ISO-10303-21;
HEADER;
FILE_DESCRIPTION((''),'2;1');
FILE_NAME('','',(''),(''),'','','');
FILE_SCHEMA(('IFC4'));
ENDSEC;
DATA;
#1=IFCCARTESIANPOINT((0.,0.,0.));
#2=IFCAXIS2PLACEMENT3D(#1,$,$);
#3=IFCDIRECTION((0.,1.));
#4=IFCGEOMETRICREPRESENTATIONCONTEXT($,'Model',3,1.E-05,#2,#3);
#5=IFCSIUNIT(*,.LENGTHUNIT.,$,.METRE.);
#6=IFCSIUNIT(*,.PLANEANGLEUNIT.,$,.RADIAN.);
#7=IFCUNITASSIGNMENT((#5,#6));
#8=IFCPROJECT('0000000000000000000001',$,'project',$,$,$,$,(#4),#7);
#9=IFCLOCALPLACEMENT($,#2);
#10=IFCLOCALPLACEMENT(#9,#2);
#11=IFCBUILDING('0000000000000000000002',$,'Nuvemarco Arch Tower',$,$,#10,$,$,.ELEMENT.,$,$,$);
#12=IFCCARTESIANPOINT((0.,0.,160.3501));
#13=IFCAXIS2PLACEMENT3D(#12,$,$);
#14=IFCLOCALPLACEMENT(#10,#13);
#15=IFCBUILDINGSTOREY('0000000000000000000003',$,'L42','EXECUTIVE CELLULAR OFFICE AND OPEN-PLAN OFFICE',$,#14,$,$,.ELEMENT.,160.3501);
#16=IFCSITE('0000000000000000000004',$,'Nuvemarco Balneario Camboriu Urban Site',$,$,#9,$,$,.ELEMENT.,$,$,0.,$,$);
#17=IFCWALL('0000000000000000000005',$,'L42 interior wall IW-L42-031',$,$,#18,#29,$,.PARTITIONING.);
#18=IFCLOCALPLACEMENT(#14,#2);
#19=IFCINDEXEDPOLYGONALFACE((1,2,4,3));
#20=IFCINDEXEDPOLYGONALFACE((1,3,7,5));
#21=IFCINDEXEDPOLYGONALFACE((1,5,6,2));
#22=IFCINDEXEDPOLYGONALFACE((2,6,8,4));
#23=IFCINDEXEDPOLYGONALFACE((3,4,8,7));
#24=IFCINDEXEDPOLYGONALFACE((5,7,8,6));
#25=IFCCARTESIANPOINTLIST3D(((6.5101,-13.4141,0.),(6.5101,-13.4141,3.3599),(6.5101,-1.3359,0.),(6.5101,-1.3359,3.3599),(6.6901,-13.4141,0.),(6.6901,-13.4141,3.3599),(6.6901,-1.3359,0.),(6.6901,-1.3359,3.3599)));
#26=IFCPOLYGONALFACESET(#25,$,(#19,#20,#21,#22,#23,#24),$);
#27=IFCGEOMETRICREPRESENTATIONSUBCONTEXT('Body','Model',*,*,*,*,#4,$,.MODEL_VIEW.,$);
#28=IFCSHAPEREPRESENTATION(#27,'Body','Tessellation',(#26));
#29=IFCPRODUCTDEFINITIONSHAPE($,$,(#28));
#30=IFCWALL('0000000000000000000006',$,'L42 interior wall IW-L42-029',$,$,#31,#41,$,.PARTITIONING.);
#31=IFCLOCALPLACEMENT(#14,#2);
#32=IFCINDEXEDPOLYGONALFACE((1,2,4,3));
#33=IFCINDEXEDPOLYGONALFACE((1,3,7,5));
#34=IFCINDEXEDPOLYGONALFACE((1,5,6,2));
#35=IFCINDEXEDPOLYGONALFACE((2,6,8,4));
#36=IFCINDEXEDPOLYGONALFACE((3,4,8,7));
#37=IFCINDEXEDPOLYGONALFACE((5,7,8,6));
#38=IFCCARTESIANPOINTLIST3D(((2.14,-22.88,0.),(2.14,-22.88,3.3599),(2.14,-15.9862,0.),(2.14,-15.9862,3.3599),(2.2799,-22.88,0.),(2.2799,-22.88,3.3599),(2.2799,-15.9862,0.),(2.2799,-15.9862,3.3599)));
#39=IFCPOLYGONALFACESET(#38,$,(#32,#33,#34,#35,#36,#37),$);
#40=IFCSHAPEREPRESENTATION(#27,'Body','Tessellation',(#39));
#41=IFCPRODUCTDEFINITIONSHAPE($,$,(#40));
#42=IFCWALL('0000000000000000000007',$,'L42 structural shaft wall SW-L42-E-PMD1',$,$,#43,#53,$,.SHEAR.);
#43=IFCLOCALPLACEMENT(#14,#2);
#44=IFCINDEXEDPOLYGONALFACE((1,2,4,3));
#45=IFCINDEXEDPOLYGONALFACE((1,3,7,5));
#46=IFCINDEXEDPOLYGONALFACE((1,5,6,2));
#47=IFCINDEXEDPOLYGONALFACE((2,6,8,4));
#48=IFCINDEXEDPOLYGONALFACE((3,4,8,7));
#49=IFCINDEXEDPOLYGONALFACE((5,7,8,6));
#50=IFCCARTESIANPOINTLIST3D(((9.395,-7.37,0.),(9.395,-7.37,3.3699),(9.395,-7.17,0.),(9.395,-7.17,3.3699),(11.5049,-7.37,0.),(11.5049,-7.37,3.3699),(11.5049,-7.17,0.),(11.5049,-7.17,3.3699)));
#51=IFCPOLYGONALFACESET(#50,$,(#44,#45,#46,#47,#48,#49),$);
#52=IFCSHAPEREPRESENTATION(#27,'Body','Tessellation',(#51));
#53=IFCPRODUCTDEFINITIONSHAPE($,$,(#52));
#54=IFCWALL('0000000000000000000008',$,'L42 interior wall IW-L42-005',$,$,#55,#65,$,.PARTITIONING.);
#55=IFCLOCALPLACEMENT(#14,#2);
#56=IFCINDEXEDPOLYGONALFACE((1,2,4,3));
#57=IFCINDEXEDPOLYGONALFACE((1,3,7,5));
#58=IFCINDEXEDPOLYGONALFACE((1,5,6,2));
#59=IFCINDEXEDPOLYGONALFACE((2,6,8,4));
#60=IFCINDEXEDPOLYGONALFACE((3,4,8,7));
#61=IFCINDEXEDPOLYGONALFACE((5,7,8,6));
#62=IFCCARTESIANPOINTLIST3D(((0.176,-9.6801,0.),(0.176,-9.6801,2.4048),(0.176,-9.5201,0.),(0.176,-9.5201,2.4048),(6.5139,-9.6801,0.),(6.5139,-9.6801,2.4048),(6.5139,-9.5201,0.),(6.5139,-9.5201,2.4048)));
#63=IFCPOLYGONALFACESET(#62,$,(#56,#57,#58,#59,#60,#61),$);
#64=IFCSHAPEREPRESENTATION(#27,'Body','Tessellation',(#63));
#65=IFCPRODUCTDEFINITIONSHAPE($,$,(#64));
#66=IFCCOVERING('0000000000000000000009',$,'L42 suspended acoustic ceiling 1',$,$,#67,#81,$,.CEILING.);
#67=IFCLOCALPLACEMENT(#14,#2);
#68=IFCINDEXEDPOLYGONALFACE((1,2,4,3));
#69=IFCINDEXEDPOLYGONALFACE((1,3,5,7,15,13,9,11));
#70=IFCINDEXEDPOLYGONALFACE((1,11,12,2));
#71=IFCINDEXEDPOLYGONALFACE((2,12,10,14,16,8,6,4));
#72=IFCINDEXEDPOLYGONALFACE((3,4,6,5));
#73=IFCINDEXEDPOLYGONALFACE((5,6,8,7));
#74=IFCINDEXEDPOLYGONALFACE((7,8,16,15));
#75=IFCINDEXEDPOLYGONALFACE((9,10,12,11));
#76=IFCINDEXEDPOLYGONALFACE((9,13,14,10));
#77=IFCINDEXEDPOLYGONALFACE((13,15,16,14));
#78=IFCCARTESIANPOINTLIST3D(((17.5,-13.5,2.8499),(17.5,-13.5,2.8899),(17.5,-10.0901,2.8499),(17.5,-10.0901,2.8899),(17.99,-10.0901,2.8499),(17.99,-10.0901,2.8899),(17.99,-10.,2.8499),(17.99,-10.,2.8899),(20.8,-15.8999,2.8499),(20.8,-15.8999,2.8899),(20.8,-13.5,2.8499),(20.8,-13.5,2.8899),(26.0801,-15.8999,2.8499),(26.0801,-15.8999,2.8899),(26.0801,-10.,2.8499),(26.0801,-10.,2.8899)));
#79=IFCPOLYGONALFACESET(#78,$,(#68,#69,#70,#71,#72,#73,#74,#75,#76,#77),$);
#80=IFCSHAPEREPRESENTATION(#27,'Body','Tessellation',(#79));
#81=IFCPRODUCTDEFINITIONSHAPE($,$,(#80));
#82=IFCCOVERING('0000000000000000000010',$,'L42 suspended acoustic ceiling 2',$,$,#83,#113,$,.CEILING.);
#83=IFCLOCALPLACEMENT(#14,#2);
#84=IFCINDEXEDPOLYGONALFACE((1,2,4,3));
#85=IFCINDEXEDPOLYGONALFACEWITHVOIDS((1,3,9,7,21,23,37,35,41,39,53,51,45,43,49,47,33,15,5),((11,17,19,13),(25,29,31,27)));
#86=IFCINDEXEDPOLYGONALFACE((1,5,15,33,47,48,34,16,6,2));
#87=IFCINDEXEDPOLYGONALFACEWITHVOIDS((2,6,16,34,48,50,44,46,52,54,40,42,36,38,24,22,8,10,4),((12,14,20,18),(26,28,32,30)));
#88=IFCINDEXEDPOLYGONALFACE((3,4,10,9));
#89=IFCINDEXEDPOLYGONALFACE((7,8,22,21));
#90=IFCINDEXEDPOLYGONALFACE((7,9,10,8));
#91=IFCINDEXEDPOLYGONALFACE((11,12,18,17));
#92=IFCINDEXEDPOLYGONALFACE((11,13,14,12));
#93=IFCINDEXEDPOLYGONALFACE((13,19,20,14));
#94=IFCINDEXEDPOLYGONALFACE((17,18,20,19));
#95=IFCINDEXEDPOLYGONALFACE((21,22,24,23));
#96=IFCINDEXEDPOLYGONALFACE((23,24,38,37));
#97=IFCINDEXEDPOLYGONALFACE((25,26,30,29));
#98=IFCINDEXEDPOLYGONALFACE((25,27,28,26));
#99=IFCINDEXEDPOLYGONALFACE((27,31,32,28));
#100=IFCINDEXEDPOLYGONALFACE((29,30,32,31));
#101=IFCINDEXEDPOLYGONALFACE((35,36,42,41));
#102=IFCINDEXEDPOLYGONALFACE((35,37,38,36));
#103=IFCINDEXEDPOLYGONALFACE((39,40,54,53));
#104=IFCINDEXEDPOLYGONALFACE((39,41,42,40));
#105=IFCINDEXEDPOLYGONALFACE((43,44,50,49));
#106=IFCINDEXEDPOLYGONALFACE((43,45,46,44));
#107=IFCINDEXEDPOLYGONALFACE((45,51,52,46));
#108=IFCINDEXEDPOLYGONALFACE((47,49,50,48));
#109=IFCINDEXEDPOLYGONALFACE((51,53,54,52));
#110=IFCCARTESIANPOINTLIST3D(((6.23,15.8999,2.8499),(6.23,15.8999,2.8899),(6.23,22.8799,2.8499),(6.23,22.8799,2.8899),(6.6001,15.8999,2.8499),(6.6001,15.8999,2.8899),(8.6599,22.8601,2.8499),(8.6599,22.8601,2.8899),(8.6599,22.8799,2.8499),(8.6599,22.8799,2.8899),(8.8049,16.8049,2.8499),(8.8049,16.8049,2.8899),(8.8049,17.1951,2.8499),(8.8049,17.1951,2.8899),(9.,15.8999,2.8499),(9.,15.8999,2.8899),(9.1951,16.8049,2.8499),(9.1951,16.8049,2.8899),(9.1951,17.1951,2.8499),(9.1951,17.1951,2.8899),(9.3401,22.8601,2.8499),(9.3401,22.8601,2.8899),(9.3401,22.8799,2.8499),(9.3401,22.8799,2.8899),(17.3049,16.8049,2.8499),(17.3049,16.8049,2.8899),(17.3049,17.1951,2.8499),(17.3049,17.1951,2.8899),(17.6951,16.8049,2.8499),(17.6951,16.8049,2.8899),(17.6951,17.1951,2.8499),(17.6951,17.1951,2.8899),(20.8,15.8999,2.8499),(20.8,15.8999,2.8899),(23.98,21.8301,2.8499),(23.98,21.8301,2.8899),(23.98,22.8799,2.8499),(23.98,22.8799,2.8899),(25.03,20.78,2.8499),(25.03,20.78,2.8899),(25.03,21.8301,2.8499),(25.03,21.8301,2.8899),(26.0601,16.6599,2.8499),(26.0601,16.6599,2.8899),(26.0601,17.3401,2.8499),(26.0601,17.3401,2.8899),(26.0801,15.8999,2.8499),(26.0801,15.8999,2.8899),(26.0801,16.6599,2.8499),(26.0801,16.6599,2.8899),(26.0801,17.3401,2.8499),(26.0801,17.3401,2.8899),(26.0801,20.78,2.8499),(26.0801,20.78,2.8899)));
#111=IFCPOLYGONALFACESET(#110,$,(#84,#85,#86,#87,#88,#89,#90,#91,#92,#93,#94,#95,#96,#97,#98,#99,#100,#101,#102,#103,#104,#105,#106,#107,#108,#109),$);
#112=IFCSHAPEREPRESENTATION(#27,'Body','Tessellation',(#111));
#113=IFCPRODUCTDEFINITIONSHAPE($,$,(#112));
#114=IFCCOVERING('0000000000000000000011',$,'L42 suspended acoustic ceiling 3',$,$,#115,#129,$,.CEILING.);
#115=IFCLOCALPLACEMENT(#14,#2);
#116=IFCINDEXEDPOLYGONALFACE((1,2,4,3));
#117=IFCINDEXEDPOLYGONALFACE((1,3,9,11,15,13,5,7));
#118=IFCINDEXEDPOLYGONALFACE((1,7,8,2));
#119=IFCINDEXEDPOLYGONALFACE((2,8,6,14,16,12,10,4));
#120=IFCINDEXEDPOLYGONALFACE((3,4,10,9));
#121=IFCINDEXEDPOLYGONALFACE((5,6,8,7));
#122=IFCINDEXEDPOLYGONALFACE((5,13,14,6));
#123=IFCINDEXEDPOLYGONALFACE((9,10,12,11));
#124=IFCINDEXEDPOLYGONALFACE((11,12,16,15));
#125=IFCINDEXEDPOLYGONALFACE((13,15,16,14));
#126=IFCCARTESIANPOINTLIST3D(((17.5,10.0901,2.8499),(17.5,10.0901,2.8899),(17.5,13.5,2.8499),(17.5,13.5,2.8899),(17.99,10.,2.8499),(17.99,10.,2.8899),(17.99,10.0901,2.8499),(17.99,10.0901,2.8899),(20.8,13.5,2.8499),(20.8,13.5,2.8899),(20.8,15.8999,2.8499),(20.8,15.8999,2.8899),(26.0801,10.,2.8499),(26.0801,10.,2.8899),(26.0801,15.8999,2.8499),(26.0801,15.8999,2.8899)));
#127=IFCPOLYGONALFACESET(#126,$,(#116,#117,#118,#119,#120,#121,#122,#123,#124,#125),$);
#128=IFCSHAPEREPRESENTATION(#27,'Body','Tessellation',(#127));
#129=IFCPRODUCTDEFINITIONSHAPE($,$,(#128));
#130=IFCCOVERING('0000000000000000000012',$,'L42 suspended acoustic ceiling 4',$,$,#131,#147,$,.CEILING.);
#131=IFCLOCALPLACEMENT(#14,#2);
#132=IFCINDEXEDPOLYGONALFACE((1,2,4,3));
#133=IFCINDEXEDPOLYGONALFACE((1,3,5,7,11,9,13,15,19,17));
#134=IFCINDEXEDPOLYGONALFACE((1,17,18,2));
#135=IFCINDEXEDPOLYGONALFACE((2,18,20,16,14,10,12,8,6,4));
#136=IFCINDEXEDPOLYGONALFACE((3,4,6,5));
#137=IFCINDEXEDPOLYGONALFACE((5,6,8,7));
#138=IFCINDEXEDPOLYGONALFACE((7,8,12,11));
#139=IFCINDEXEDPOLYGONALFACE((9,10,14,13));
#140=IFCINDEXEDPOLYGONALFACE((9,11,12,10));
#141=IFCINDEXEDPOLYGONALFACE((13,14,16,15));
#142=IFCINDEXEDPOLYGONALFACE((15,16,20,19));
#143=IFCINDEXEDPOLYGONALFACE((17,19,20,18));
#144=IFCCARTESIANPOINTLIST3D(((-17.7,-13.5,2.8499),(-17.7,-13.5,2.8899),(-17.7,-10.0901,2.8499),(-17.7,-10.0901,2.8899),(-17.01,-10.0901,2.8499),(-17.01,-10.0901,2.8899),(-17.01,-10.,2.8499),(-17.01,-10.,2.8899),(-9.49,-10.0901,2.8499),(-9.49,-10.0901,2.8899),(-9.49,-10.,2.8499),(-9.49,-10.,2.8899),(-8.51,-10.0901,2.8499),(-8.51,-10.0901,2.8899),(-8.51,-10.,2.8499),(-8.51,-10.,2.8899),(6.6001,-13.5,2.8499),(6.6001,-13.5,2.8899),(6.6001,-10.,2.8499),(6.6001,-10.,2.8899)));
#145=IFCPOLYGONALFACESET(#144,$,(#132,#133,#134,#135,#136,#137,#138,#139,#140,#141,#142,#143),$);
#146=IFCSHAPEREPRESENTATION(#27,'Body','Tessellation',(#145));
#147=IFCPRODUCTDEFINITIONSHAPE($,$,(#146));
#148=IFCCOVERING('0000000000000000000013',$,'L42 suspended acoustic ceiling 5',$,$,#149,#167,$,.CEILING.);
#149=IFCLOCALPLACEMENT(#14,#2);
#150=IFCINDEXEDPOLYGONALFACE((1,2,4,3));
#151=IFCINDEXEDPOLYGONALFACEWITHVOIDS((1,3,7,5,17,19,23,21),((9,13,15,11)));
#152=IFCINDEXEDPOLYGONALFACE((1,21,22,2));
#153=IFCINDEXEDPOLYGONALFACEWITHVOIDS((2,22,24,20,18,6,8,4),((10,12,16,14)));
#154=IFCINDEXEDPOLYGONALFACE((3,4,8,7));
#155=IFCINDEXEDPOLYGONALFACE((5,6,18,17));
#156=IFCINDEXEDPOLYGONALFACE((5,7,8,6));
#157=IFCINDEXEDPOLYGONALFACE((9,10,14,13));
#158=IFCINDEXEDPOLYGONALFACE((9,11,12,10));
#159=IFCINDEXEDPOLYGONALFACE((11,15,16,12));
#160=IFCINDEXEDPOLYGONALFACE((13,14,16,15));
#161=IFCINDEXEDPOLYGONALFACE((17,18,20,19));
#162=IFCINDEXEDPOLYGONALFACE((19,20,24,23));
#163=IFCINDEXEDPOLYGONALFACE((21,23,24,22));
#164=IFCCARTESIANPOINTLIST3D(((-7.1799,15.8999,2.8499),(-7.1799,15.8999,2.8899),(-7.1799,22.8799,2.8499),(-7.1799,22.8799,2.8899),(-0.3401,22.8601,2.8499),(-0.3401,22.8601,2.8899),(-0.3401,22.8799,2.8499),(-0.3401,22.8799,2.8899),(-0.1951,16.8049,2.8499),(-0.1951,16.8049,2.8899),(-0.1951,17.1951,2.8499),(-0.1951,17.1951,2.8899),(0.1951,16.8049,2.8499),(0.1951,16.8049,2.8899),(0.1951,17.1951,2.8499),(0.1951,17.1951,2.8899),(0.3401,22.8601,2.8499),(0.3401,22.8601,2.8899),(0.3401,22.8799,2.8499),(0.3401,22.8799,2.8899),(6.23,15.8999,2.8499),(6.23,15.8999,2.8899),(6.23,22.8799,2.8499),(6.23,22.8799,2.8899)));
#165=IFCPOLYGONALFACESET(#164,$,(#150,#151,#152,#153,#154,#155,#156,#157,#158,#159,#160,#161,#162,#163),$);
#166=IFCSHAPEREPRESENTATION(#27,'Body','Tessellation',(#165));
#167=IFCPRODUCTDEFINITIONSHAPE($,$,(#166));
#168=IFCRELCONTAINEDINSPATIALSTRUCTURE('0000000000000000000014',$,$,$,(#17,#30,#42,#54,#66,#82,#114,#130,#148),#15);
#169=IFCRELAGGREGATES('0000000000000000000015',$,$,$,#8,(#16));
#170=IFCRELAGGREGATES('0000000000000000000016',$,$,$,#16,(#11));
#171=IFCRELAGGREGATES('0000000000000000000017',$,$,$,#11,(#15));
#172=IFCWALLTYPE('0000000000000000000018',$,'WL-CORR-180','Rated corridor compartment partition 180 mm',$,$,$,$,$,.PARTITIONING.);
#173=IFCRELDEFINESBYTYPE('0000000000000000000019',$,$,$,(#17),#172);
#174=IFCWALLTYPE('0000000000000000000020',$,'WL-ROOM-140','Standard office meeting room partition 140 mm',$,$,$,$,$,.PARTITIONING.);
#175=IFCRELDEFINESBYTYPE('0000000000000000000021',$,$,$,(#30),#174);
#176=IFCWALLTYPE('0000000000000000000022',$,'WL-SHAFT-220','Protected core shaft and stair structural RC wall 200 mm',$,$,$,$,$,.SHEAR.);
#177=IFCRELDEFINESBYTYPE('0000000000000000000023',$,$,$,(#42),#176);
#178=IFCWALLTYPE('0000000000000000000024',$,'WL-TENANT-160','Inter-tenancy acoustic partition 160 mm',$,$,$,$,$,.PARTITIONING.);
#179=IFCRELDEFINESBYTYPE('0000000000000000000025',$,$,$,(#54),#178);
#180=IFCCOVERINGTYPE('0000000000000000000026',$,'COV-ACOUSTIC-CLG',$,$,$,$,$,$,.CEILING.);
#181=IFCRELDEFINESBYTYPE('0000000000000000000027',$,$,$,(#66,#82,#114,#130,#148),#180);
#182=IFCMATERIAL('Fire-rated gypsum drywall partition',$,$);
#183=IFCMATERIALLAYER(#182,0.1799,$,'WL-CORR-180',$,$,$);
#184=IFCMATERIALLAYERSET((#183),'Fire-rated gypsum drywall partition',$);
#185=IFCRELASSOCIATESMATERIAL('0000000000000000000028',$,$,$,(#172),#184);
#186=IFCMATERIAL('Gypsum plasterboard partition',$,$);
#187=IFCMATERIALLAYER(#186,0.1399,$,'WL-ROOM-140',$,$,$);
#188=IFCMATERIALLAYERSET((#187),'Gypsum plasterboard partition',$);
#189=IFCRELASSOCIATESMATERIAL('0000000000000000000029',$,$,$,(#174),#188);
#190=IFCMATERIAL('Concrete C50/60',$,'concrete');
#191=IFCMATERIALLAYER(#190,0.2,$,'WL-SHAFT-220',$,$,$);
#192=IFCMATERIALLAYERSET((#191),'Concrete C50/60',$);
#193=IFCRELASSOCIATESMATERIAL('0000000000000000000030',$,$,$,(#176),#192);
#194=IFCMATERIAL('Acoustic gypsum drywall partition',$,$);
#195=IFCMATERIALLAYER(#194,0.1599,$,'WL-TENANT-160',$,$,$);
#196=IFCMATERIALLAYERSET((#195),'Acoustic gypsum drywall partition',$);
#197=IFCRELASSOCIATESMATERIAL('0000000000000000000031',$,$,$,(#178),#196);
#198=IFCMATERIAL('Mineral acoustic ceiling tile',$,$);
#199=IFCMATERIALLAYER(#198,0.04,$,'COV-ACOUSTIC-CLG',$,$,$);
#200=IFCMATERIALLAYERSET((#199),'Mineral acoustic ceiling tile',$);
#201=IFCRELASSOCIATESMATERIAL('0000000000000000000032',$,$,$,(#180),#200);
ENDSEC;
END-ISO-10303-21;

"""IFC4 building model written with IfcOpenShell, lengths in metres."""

from ifc_helpers import new_model, si_unit, direction, frame, frame_2d, origin, place, context, subcontext, project, spatial, polyline, rectangle, outline, extrude, material, layer, layer_set, type_object, element, save


model = new_model("IFC4")

# Units and contexts
model_context = context("Model", 3, precision=1e-05, world=origin(), true_north=direction((0.0, 1.0)))
body_context = subcontext(model_context, "Body", "Model", "MODEL_VIEW")
ifc_project = project(units=[si_unit("LENGTHUNIT", "METRE"), si_unit("PLANEANGLEUNIT", "RADIAN")], contexts=[model_context])

# Site, building, storey
site_placement = place(None, origin())
site = spatial("IfcSite", under=ifc_project, at=site_placement, Name="Nuvemarco Balneario Camboriu Urban Site", CompositionType="ELEMENT", RefElevation=0.0)
building_placement = place(site_placement, origin())
building = spatial("IfcBuilding", under=site, at=building_placement, Name="Nuvemarco Arch Tower", CompositionType="ELEMENT")
storey_placement = place(building_placement, frame((0.0, 0.0, 160.3501)))
storey = spatial("IfcBuildingStorey", under=building, at=storey_placement, Name="L42", Description="EXECUTIVE CELLULAR OFFICE AND OPEN-PLAN OFFICE", CompositionType="ELEMENT", Elevation=160.3501)

# Shared definitions
ifc_material_1 = material(Name="Concrete C50/60", Category="concrete")

# Walls
ifc_material_2 = material(Name="Fire-rated gypsum drywall partition")
ifc_layer_1 = layer(ifc_material_2, 0.1799, Name="WL-CORR-180")
ifc_layer_set_1 = layer_set([ifc_layer_1], Name="Fire-rated gypsum drywall partition")
wall_type_1 = type_object("IfcWallType", Name="WL-CORR-180", Description="Rated corridor compartment partition 180 mm", PredefinedType="PARTITIONING", material=ifc_layer_set_1)
wall_1_placement = place(storey_placement, frame((6.6001, -13.4141, 0.0), z_axis=(0.0, 0.0, 1.0), x_axis=(0.0, 1.0, 0.0)))
element("IfcWall", 1, at=wall_1_placement, inside=storey, type_object=wall_type_1, Name="L42 interior wall IW-L42-031", PredefinedType="PARTITIONING", context=body_context, shape_type="SweptSolid", body=[
    extrude(rectangle(XDim=12.0781, YDim=0.1799, at=frame_2d((6.0391, 0.0))), origin(), (0.0, 0.0, 1.0), 3.3599),
])
ifc_material_3 = material(Name="Gypsum plasterboard partition")
ifc_layer_2 = layer(ifc_material_3, 0.1399, Name="WL-ROOM-140")
ifc_layer_set_2 = layer_set([ifc_layer_2], Name="Gypsum plasterboard partition")
wall_type_2 = type_object("IfcWallType", Name="WL-ROOM-140", Description="Standard office meeting room partition 140 mm", PredefinedType="PARTITIONING", material=ifc_layer_set_2)
wall_2_placement = place(storey_placement, frame((2.21, -22.8799, 0.0), z_axis=(0.0, 0.0, 1.0), x_axis=(0.0, 1.0, 0.0)))
element("IfcWall", 2, at=wall_2_placement, inside=storey, type_object=wall_type_2, Name="L42 interior wall IW-L42-029", PredefinedType="PARTITIONING", context=body_context, shape_type="SweptSolid", body=[
    extrude(rectangle(XDim=6.8938, YDim=0.1399, at=frame_2d((3.4468, 0.0))), origin(), (0.0, 0.0, 1.0), 3.3599),
])
ifc_layer_3 = layer(ifc_material_1, 0.2, Name="WL-SHAFT-220")
ifc_layer_set_3 = layer_set([ifc_layer_3], Name="Concrete C50/60")
wall_type_3 = type_object("IfcWallType", Name="WL-SHAFT-220", Description="Protected core shaft and stair structural RC wall 200 mm", PredefinedType="SHEAR", material=ifc_layer_set_3)
wall_3_placement = place(storey_placement, frame((9.395, -7.27, 0.0), z_axis=(0.0, 0.0, 1.0), x_axis=(1.0, 0.0, 0.0)))
element("IfcWall", 3, at=wall_3_placement, inside=storey, type_object=wall_type_3, Name="L42 structural shaft wall SW-L42-E-PMD1", PredefinedType="SHEAR", context=body_context, shape_type="SweptSolid", body=[
    extrude(rectangle(XDim=2.1099, YDim=0.2, at=frame_2d((1.0549, 0.0))), origin(), (0.0, 0.0, 1.0), 3.3699),
])
ifc_material_4 = material(Name="Acoustic gypsum drywall partition")
ifc_layer_4 = layer(ifc_material_4, 0.1599, Name="WL-TENANT-160")
ifc_layer_set_4 = layer_set([ifc_layer_4], Name="Acoustic gypsum drywall partition")
wall_type_4 = type_object("IfcWallType", Name="WL-TENANT-160", Description="Inter-tenancy acoustic partition 160 mm", PredefinedType="PARTITIONING", material=ifc_layer_set_4)
wall_4_placement = place(storey_placement, frame((0.176, -9.6001, 0.0), z_axis=(0.0, 0.0, 1.0), x_axis=(1.0, 0.0, 0.0)))
element("IfcWall", 4, at=wall_4_placement, inside=storey, type_object=wall_type_4, Name="L42 interior wall IW-L42-005", PredefinedType="PARTITIONING", context=body_context, shape_type="SweptSolid", body=[
    extrude(rectangle(XDim=6.3379, YDim=0.1599, at=frame_2d((3.1689, 0.0))), origin(), (0.0, 0.0, 1.0), 2.4048),
])

# Coverings
ifc_material_5 = material(Name="Mineral acoustic ceiling tile")
ifc_layer_5 = layer(ifc_material_5, 0.04, Name="COV-ACOUSTIC-CLG")
ifc_layer_set_5 = layer_set([ifc_layer_5], Name="Mineral acoustic ceiling tile")
covering_type = type_object("IfcCoveringType", Name="COV-ACOUSTIC-CLG", PredefinedType="CEILING", material=ifc_layer_set_5)
covering_1_placement = place(storey_placement, frame((0.0, 0.0, 2.8499)))
element("IfcCovering", 5, at=covering_1_placement, inside=storey, type_object=covering_type, Name="L42 suspended acoustic ceiling 1", PredefinedType="CEILING", context=body_context, shape_type="SweptSolid", body=[
    extrude(outline(polyline([(17.5, -10.0901), (17.99, -10.0901), (17.99, -10.0), (26.0801, -10.0), (26.0801, -15.8999), (20.8, -15.8999), (20.8, -13.5), (17.5, -13.5), (17.5, -10.0901)])), origin(), (0.0, 0.0, 1.0), 0.04),
])
covering_2_placement = place(storey_placement, frame((0.0, 0.0, 2.8499)))
element("IfcCovering", 6, at=covering_2_placement, inside=storey, type_object=covering_type, Name="L42 suspended acoustic ceiling 2", PredefinedType="CEILING", context=body_context, shape_type="SweptSolid", body=[
    extrude(outline(polyline([(26.0801, 20.78), (26.0801, 17.3401), (26.0601, 17.3401), (26.0601, 16.6599), (26.0801, 16.6599), (26.0801, 15.8999), (20.8, 15.8999), (9.0, 15.8999), (6.6001, 15.8999), (6.23, 15.8999), (6.23, 22.8799), (8.6599, 22.8799), (8.6599, 22.8601), (9.3401, 22.8601), (9.3401, 22.8799), (23.98, 22.8799), (23.98, 21.8301), (25.03, 21.8301), (25.03, 20.78), (26.0801, 20.78)]), holes=[polyline([(9.1951, 17.1951), (8.8049, 17.1951), (8.8049, 16.8049), (9.1951, 16.8049), (9.1951, 17.1951)]), polyline([(17.6951, 16.8049), (17.6951, 17.1951), (17.3049, 17.1951), (17.3049, 16.8049), (17.6951, 16.8049)])]), origin(), (0.0, 0.0, 1.0), 0.04),
])
covering_3_placement = place(storey_placement, frame((0.0, 0.0, 2.8499)))
element("IfcCovering", 7, at=covering_3_placement, inside=storey, type_object=covering_type, Name="L42 suspended acoustic ceiling 3", PredefinedType="CEILING", context=body_context, shape_type="SweptSolid", body=[
    extrude(outline(polyline([(17.99, 10.0901), (17.5, 10.0901), (17.5, 13.5), (20.8, 13.5), (20.8, 15.8999), (26.0801, 15.8999), (26.0801, 10.0), (17.99, 10.0), (17.99, 10.0901)])), origin(), (0.0, 0.0, 1.0), 0.04),
])
covering_4_placement = place(storey_placement, frame((0.0, 0.0, 2.8499)))
element("IfcCovering", 8, at=covering_4_placement, inside=storey, type_object=covering_type, Name="L42 suspended acoustic ceiling 4", PredefinedType="CEILING", context=body_context, shape_type="SweptSolid", body=[
    extrude(outline(polyline([(-9.49, -10.0901), (-8.51, -10.0901), (-8.51, -10.0), (6.6001, -10.0), (6.6001, -13.5), (-17.7, -13.5), (-17.7, -10.0901), (-17.01, -10.0901), (-17.01, -10.0), (-9.49, -10.0), (-9.49, -10.0901)])), origin(), (0.0, 0.0, 1.0), 0.04),
])
covering_5_placement = place(storey_placement, frame((0.0, 0.0, 2.8499)))
element("IfcCovering", 9, at=covering_5_placement, inside=storey, type_object=covering_type, Name="L42 suspended acoustic ceiling 5", PredefinedType="CEILING", context=body_context, shape_type="SweptSolid", body=[
    extrude(outline(polyline([(6.23, 15.8999), (-7.1799, 15.8999), (-7.1799, 22.8799), (-0.3401, 22.8799), (-0.3401, 22.8601), (0.3401, 22.8601), (0.3401, 22.8799), (6.23, 22.8799), (6.23, 15.8999)]), holes=[polyline([(0.1951, 16.8049), (0.1951, 17.1951), (-0.1951, 17.1951), (-0.1951, 16.8049), (0.1951, 16.8049)])]), origin(), (0.0, 0.0, 1.0), 0.04),
])

save(model, "model.ifc")
